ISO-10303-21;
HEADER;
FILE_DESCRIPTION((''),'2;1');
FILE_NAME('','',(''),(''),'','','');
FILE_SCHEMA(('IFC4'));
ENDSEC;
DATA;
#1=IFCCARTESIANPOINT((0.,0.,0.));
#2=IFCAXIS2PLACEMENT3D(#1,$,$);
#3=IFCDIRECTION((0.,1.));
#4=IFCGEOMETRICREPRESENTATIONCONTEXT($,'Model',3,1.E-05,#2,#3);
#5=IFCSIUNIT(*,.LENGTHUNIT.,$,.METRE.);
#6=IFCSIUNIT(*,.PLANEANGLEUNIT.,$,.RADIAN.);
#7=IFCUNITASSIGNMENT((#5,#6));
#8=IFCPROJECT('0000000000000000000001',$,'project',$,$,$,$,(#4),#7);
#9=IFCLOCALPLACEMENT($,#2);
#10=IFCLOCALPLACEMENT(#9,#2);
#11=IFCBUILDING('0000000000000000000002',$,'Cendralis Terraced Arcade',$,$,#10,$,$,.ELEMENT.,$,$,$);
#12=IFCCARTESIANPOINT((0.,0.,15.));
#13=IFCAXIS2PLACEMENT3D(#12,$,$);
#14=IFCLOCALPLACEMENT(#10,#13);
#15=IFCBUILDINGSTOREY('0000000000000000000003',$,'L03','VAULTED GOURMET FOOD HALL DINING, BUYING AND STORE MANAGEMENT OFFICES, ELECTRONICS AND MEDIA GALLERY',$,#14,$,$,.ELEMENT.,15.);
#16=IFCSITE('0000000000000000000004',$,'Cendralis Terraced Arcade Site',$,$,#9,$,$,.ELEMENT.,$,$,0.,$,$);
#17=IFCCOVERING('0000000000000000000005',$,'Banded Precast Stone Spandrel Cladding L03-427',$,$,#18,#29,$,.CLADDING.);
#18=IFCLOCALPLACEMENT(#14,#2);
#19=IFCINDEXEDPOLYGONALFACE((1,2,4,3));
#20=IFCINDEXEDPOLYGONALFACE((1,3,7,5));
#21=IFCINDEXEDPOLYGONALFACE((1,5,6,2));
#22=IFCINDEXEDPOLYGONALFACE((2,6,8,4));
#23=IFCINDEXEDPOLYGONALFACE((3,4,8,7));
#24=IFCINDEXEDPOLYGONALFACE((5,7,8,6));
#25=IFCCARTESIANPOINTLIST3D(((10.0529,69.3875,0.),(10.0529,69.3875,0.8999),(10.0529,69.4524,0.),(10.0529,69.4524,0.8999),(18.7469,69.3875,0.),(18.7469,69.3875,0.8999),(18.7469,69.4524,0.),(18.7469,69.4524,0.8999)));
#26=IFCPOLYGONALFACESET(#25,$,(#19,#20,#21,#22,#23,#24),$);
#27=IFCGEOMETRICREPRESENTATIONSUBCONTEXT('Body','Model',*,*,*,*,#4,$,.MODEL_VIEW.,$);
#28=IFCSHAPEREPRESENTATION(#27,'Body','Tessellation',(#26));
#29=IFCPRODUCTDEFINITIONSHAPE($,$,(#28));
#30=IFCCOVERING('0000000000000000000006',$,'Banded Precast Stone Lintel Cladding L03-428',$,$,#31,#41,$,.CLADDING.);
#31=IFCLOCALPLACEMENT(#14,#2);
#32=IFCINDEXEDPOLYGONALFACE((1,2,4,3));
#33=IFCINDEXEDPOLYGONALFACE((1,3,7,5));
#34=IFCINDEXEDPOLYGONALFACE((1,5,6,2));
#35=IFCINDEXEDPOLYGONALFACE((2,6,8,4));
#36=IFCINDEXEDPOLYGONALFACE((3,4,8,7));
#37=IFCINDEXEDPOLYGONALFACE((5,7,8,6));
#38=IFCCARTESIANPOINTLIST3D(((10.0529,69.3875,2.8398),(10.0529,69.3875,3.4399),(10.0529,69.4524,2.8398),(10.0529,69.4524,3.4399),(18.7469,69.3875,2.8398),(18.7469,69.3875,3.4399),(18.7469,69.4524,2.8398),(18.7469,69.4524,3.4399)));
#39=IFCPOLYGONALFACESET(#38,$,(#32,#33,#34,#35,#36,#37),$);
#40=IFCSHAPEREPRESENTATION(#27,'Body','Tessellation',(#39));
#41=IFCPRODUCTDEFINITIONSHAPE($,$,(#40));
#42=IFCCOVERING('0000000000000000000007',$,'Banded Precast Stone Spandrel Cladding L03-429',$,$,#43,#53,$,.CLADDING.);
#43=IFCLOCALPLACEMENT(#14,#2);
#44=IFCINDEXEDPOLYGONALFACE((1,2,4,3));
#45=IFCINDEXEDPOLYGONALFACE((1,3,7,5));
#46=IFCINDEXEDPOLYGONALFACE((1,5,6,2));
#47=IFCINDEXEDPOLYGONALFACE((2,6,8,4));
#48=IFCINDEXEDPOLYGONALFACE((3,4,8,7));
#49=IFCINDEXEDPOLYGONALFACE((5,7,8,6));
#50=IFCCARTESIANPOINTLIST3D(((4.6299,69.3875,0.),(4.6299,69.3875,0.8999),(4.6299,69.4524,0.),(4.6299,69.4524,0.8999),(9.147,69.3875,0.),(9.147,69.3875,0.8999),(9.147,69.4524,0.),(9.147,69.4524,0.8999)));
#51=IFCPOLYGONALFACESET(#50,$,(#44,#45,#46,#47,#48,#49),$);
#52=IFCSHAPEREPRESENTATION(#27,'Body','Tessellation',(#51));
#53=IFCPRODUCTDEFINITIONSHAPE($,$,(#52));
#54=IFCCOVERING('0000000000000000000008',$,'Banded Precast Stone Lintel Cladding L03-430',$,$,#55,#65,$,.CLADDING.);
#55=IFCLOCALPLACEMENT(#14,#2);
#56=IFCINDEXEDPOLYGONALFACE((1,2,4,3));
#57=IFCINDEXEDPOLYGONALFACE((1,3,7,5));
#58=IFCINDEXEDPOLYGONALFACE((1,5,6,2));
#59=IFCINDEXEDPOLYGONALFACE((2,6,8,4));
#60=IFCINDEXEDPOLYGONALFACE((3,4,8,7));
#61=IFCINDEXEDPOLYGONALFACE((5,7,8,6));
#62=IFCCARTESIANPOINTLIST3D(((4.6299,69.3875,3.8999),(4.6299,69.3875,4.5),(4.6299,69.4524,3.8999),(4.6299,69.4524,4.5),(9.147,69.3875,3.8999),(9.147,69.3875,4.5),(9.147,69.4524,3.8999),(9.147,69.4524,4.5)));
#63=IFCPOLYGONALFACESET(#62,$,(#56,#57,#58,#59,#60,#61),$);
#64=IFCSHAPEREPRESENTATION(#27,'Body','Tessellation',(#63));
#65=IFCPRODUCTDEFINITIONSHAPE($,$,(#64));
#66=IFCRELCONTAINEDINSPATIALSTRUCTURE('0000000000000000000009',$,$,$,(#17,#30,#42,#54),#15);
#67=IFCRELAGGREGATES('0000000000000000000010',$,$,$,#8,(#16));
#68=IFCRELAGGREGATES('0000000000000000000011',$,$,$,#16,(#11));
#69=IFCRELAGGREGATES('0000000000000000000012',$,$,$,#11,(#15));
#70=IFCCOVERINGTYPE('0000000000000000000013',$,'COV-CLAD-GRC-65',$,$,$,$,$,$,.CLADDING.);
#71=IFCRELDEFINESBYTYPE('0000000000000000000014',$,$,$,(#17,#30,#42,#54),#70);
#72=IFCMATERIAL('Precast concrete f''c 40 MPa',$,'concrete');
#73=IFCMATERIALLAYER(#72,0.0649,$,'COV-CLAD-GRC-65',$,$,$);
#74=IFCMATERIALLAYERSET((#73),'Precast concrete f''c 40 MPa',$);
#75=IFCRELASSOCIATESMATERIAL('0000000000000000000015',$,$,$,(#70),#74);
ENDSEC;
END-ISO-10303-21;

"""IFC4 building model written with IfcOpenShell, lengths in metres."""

from ifc_helpers import new_model, si_unit, direction, frame, origin, origin_2d, place, context, subcontext, project, spatial, rectangle, extrude, material, layer, layer_set, type_object, element, save


model = new_model("IFC4")

# Units and contexts
model_context = context("Model", 3, precision=1e-05, world=origin(), true_north=direction((0.0, 1.0)))
body_context = subcontext(model_context, "Body", "Model", "MODEL_VIEW")
ifc_project = project(units=[si_unit("LENGTHUNIT", "METRE"), si_unit("PLANEANGLEUNIT", "RADIAN")], contexts=[model_context])

# Site, building, storey
site_placement = place(None, origin())
site = spatial("IfcSite", under=ifc_project, at=site_placement, Name="Cendralis Terraced Arcade Site", CompositionType="ELEMENT", RefElevation=0.0)
building_placement = place(site_placement, origin())
building = spatial("IfcBuilding", under=site, at=building_placement, Name="Cendralis Terraced Arcade", CompositionType="ELEMENT")
storey_placement = place(building_placement, frame((0.0, 0.0, 15.0)))
storey = spatial("IfcBuildingStorey", under=building, at=storey_placement, Name="L03", Description="VAULTED GOURMET FOOD HALL DINING, BUYING AND STORE MANAGEMENT OFFICES, ELECTRONICS AND MEDIA GALLERY", CompositionType="ELEMENT", Elevation=15.0)

# Shared definitions
ifc_material_1 = material(Name="Precast concrete f'c 40 MPa", Category="concrete")

# Coverings
ifc_layer_1 = layer(ifc_material_1, 0.0649, Name="COV-CLAD-GRC-65")
ifc_layer_set_1 = layer_set([ifc_layer_1], Name="Precast concrete f'c 40 MPa")
covering_type = type_object("IfcCoveringType", Name="COV-CLAD-GRC-65", PredefinedType="CLADDING", material=ifc_layer_set_1)
covering_1_placement = place(storey_placement, frame((14.3999, 69.4199, 0.0), z_axis=(0.0, 0.0, 1.0), x_axis=(-1.0, 0.0, 0.0)))
element("IfcCovering", 1, at=covering_1_placement, inside=storey, type_object=covering_type, Name="Banded Precast Stone Spandrel Cladding L03-427", PredefinedType="CLADDING", context=body_context, shape_type="SweptSolid", body=[
    extrude(rectangle(XDim=8.6941, YDim=0.0649, at=origin_2d()), origin(), (0.0, 0.0, 1.0), 0.8999),
])
covering_2_placement = place(storey_placement, frame((14.3999, 69.4199, 2.8398), z_axis=(0.0, 0.0, 1.0), x_axis=(-1.0, 0.0, 0.0)))
element("IfcCovering", 2, at=covering_2_placement, inside=storey, type_object=covering_type, Name="Banded Precast Stone Lintel Cladding L03-428", PredefinedType="CLADDING", context=body_context, shape_type="SweptSolid", body=[
    extrude(rectangle(XDim=8.6941, YDim=0.0649, at=origin_2d()), origin(), (0.0, 0.0, 1.0), 0.6001),
])
covering_3_placement = place(storey_placement, frame((6.8884, 69.4199, 0.0), z_axis=(0.0, 0.0, 1.0), x_axis=(-1.0, 0.0, 0.0)))
element("IfcCovering", 3, at=covering_3_placement, inside=storey, type_object=covering_type, Name="Banded Precast Stone Spandrel Cladding L03-429", PredefinedType="CLADDING", context=body_context, shape_type="SweptSolid", body=[
    extrude(rectangle(XDim=4.5171, YDim=0.0649, at=origin_2d()), origin(), (0.0, 0.0, 1.0), 0.8999),
])
covering_4_placement = place(storey_placement, frame((6.8884, 69.4199, 3.8999), z_axis=(0.0, 0.0, 1.0), x_axis=(-1.0, 0.0, 0.0)))
element("IfcCovering", 4, at=covering_4_placement, inside=storey, type_object=covering_type, Name="Banded Precast Stone Lintel Cladding L03-430", PredefinedType="CLADDING", context=body_context, shape_type="SweptSolid", body=[
    extrude(rectangle(XDim=4.5171, YDim=0.0649, at=origin_2d()), origin(), (0.0, 0.0, 1.0), 0.6001),
])

save(model, "model.ifc")
